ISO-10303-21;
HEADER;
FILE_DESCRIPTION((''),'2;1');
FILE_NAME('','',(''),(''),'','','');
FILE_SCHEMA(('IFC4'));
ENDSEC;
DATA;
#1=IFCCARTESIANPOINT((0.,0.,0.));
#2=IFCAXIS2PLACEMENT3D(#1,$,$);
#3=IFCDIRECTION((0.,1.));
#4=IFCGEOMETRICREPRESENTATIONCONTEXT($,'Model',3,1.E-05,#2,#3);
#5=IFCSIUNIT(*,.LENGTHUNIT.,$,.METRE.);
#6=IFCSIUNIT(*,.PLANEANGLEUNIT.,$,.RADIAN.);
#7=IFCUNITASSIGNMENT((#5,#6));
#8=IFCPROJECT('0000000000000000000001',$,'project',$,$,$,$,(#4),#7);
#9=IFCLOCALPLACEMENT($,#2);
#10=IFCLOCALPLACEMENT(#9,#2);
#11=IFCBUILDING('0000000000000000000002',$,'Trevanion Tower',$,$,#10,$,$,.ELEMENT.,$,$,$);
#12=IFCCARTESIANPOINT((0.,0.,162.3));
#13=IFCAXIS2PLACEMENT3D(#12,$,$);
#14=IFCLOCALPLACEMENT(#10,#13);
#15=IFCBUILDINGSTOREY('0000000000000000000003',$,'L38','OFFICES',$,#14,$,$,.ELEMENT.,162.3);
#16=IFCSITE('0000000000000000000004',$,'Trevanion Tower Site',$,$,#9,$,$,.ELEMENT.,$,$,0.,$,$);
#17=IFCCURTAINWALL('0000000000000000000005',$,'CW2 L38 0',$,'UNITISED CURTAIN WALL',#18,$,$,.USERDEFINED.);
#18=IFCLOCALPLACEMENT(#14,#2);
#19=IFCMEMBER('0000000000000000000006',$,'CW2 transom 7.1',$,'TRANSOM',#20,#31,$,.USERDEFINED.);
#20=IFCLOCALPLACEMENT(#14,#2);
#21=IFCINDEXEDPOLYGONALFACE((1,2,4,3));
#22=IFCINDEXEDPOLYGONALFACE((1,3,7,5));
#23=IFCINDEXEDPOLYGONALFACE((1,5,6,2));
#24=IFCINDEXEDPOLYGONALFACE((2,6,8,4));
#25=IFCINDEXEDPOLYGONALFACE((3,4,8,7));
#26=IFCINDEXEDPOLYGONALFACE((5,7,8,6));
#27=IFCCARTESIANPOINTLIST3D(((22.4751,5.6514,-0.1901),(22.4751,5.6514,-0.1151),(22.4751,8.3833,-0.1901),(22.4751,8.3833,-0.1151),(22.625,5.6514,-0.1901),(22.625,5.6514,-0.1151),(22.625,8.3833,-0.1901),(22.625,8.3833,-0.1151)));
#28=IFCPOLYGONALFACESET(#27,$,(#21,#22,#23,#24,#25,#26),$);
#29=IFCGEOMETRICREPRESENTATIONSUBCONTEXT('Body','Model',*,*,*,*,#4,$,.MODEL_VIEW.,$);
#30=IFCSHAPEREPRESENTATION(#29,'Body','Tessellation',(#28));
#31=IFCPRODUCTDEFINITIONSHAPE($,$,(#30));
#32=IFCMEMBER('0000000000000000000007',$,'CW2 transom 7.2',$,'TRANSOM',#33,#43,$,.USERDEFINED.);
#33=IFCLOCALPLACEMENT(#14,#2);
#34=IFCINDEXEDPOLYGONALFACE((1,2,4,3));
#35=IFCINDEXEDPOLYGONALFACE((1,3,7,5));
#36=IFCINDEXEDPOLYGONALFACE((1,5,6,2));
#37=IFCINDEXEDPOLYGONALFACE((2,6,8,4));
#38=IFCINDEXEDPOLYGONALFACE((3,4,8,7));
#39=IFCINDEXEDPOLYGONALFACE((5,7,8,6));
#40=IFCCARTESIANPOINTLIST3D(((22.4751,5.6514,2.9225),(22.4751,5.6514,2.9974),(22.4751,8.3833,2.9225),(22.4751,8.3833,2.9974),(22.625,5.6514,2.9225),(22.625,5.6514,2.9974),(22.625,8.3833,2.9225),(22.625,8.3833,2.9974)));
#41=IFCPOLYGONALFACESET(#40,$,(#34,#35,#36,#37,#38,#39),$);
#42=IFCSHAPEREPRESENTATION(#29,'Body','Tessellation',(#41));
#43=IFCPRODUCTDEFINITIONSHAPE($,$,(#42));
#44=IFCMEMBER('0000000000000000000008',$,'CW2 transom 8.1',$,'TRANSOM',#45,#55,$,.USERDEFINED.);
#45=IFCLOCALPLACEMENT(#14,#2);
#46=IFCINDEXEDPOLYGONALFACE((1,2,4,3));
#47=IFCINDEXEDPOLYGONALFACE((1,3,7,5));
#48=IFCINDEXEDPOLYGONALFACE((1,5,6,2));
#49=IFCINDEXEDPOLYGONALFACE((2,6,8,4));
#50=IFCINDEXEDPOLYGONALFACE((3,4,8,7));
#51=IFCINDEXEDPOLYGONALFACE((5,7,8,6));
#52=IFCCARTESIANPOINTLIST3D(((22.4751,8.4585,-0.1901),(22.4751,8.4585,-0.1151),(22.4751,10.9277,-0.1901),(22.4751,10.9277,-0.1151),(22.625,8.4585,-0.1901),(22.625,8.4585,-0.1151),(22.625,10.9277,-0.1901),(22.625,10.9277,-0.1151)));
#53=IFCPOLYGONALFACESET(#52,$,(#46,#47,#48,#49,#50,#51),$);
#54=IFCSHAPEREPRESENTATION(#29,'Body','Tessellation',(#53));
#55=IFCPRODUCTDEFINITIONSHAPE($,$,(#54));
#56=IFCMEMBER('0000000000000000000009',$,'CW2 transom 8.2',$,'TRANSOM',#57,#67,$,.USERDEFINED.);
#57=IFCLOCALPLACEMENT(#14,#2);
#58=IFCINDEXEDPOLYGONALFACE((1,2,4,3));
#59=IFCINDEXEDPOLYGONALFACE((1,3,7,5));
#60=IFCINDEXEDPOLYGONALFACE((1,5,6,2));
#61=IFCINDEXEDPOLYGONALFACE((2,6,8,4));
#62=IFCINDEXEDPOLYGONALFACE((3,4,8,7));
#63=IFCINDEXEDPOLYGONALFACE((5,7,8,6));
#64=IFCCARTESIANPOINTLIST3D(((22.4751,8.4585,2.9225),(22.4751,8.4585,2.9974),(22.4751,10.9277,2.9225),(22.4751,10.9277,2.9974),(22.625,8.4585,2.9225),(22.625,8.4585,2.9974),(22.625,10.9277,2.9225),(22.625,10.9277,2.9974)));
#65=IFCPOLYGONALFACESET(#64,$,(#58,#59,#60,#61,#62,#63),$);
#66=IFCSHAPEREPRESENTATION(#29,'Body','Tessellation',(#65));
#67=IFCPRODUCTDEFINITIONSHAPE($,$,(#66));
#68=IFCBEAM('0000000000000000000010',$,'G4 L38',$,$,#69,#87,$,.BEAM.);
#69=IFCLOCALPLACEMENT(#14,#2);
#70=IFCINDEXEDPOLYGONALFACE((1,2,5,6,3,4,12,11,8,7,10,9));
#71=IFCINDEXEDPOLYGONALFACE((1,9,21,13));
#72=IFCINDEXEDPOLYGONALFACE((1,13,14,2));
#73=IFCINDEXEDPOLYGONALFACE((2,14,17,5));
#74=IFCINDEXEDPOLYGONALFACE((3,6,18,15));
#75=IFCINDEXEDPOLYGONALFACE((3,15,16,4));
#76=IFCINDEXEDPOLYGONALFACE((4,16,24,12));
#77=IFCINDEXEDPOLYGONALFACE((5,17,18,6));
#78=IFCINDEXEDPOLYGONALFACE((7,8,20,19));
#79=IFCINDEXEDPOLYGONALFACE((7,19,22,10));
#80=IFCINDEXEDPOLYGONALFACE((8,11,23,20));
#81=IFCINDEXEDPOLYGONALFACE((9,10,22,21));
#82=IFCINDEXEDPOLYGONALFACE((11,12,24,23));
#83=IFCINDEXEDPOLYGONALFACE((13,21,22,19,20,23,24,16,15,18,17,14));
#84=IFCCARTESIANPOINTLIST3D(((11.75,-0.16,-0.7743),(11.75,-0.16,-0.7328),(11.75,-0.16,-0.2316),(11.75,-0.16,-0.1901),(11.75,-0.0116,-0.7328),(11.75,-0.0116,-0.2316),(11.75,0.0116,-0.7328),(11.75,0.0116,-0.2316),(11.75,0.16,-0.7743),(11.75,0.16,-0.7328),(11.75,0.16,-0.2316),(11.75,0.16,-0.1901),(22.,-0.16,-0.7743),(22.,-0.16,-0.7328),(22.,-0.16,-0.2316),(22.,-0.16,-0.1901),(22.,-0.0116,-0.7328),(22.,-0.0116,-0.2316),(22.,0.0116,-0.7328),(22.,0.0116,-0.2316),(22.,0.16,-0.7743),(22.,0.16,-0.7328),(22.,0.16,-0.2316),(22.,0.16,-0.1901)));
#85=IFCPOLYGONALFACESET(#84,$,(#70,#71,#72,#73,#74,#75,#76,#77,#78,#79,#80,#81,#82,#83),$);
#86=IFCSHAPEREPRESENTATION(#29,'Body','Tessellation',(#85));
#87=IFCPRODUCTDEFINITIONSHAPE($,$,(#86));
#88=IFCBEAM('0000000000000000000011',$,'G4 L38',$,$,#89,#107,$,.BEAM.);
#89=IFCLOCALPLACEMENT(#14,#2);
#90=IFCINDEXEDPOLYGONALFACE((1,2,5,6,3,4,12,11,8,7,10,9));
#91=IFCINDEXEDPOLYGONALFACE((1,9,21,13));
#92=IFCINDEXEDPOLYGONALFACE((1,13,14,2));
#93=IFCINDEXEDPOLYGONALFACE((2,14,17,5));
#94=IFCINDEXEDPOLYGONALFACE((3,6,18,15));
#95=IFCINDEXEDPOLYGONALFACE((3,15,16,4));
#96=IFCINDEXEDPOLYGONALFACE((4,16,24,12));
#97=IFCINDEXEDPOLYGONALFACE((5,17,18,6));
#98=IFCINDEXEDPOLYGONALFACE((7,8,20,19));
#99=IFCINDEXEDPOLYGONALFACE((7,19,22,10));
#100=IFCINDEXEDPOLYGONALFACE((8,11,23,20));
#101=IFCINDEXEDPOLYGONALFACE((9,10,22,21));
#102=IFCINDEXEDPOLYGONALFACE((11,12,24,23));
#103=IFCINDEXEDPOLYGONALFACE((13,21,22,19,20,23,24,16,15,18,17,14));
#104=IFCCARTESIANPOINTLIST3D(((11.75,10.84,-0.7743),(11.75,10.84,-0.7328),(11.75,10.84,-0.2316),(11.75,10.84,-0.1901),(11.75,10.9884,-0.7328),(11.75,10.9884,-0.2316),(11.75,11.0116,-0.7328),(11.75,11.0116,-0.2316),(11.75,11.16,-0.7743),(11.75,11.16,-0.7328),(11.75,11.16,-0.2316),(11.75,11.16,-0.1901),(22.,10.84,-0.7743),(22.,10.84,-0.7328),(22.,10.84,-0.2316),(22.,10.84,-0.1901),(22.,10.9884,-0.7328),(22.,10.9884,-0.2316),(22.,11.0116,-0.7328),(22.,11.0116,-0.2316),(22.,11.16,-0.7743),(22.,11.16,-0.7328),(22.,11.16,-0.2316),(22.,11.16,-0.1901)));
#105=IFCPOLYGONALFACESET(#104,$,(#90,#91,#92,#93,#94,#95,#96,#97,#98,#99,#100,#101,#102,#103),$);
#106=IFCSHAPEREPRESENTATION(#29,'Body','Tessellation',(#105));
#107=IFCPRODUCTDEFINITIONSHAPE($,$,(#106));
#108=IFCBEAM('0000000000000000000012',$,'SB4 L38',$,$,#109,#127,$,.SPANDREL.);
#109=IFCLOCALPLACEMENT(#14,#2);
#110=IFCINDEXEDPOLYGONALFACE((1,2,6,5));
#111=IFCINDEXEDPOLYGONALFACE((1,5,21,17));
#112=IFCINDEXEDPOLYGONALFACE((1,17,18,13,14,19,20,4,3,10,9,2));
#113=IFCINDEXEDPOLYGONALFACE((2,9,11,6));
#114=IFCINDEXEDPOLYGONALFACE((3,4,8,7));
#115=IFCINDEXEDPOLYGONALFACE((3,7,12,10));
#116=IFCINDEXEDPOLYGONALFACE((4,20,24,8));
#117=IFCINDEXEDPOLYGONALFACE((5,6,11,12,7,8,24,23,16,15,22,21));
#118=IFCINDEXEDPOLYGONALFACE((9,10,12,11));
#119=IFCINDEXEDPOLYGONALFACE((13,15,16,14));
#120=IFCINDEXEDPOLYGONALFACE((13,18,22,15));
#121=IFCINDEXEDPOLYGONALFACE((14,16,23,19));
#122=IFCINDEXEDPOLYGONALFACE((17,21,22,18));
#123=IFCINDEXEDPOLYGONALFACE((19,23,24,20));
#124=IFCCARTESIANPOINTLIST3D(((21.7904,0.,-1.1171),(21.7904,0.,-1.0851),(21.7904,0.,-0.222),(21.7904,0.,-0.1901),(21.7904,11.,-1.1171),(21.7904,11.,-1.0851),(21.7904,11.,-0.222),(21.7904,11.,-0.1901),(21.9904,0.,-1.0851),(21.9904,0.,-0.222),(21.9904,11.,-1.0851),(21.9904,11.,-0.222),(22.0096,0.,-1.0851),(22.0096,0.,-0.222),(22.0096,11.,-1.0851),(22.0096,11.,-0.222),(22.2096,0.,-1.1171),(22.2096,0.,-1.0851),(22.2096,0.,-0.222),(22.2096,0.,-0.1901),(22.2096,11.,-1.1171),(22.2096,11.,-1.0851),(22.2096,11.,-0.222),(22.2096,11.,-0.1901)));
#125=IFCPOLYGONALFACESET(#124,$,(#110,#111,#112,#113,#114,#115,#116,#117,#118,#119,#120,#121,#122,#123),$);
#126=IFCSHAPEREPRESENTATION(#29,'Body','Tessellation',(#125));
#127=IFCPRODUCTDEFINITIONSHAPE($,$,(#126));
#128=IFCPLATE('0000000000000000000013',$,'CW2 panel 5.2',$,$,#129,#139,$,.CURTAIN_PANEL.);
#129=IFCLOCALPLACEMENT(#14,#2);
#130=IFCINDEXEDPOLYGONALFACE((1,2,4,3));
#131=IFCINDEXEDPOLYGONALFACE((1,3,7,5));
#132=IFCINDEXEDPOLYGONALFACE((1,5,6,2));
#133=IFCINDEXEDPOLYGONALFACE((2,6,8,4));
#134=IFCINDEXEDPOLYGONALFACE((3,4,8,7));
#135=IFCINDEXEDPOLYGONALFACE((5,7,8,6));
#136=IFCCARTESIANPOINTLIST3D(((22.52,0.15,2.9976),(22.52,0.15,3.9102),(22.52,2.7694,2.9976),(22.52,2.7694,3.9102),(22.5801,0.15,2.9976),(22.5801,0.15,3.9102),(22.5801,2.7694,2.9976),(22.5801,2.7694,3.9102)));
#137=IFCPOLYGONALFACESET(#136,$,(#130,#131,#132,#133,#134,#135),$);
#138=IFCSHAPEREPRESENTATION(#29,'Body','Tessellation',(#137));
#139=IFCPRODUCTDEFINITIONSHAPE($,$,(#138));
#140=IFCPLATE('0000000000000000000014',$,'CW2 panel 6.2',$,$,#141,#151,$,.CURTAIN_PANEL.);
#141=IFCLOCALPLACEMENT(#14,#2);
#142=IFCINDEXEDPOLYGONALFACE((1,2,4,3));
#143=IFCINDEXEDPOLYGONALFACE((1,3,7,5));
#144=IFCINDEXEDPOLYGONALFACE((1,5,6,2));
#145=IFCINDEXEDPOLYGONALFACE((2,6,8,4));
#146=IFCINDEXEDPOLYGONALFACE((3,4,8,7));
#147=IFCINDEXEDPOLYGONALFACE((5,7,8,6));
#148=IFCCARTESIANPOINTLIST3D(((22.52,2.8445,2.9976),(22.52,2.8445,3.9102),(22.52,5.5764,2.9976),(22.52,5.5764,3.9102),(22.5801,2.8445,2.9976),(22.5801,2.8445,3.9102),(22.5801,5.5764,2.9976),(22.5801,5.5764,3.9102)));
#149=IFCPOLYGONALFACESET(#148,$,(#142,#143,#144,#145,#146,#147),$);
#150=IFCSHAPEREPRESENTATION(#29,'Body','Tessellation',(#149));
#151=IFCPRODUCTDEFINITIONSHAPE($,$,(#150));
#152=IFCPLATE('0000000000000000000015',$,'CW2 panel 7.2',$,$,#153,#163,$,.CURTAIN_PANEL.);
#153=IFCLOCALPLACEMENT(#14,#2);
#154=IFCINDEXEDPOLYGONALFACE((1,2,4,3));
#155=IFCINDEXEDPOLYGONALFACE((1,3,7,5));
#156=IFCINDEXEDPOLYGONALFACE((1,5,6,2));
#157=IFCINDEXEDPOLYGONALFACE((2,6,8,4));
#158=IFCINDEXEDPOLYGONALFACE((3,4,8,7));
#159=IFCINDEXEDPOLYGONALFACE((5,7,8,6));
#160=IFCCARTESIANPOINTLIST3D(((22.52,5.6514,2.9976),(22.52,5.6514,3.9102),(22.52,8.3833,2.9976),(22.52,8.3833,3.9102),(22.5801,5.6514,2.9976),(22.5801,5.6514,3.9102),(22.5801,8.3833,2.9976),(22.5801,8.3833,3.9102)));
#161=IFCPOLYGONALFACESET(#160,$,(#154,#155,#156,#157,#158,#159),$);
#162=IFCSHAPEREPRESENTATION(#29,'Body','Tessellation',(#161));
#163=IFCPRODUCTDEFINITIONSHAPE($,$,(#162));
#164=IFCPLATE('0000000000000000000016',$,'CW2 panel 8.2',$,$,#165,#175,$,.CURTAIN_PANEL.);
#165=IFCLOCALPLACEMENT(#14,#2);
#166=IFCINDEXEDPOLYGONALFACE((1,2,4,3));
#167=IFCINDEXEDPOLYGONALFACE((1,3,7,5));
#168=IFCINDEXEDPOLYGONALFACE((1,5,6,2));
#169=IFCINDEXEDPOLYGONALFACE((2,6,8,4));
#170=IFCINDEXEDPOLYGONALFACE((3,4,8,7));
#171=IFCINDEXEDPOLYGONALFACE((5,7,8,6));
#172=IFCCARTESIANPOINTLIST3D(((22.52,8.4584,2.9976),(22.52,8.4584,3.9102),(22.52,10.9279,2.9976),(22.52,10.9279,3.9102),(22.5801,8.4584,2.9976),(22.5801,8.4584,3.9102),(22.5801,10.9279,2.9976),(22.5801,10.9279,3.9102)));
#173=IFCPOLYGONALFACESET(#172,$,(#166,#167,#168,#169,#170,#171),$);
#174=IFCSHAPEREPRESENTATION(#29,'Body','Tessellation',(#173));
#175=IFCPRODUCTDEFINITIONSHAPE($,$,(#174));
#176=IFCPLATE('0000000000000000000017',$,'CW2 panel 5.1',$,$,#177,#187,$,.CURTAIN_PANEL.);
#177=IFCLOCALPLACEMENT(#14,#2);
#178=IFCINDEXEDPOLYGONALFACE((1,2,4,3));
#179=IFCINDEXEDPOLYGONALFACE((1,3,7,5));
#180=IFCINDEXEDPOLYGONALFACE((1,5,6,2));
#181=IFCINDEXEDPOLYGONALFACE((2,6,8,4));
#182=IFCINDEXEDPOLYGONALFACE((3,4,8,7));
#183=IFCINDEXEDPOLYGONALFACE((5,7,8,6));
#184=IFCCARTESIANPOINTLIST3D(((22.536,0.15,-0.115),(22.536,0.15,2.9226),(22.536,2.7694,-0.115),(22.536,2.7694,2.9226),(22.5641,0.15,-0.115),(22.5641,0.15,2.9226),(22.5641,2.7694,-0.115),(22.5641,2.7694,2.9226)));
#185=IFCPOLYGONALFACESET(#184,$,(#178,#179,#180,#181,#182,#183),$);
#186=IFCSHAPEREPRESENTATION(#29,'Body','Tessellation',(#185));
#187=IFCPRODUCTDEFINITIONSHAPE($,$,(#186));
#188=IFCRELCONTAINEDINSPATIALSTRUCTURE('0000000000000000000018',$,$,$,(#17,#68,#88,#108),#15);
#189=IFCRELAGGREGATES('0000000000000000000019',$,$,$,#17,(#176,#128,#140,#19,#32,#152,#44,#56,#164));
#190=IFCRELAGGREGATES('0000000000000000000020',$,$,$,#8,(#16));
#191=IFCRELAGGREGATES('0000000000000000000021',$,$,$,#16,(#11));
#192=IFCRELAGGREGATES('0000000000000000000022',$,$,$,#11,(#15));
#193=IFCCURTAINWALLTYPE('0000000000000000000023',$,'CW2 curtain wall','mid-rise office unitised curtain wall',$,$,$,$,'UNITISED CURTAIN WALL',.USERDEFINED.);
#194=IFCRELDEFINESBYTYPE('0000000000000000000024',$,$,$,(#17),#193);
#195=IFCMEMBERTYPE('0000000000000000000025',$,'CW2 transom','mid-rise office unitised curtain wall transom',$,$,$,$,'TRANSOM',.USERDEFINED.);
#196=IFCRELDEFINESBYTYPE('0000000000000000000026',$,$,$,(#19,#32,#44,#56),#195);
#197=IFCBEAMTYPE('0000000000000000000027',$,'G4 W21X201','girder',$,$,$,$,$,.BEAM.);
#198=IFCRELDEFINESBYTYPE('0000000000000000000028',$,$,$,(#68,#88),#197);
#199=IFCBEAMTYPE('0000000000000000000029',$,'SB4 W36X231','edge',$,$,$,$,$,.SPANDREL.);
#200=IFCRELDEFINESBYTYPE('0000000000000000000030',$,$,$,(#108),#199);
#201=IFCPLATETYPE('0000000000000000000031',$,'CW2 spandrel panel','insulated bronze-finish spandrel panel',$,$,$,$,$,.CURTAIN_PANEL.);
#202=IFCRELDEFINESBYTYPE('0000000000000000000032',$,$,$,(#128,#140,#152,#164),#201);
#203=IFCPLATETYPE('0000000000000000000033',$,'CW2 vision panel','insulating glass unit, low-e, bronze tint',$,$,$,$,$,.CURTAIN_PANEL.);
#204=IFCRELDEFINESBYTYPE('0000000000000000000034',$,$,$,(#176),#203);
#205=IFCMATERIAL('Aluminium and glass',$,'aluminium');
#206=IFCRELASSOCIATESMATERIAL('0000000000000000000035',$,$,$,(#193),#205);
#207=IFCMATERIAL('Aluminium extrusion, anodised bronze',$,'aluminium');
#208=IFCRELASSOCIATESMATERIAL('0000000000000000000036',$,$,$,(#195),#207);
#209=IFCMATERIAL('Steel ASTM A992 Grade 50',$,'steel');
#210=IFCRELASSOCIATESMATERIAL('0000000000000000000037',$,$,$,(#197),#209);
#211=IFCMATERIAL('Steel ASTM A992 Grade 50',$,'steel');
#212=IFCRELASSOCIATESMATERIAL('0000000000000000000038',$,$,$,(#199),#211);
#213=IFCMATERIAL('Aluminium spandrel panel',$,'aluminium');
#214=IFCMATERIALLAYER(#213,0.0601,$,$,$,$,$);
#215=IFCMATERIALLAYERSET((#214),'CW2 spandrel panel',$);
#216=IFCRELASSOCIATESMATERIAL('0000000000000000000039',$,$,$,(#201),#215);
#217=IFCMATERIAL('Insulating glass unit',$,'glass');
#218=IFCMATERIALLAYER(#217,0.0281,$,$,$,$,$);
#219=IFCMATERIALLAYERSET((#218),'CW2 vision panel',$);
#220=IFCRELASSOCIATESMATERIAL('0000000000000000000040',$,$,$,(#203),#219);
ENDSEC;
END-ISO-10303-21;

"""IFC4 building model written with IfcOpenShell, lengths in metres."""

from ifc_helpers import new_model, si_unit, direction, frame, origin, origin_2d, place, context, subcontext, project, spatial, rectangle, i_section, extrude, material, layer, layer_set, material_profile, profile_set, type_object, element, aggregate, save


model = new_model("IFC4")

# Units and contexts
model_context = context("Model", 3, precision=1e-05, world=origin(), true_north=direction((0.0, 1.0)))
body_context = subcontext(model_context, "Body", "Model", "MODEL_VIEW")
ifc_project = project(units=[si_unit("LENGTHUNIT", "METRE"), si_unit("PLANEANGLEUNIT", "RADIAN")], contexts=[model_context])

# Site, building, storey
site_placement = place(None, origin())
site = spatial("IfcSite", under=ifc_project, at=site_placement, Name="Trevanion Tower Site", CompositionType="ELEMENT", RefElevation=0.0)
building_placement = place(site_placement, origin())
building = spatial("IfcBuilding", under=site, at=building_placement, Name="Trevanion Tower", CompositionType="ELEMENT")
storey_placement = place(building_placement, frame((0.0, 0.0, 162.3)))
storey = spatial("IfcBuildingStorey", under=building, at=storey_placement, Name="L38", Description="OFFICES", CompositionType="ELEMENT", Elevation=162.3)

# Curtain wall, members
ifc_material_1 = material(Name="Aluminium and glass", Category="aluminium")
curtain_wall_type = type_object("IfcCurtainWallType", Name="CW2 curtain wall", Description="mid-rise office unitised curtain wall", ElementType="UNITISED CURTAIN WALL", PredefinedType="USERDEFINED", material=ifc_material_1)
curtain_wall_placement = place(storey_placement, origin())
curtain_wall = element("IfcCurtainWall", 1, at=curtain_wall_placement, inside=storey, type_object=curtain_wall_type, Name="CW2 L38 0", ObjectType="UNITISED CURTAIN WALL", PredefinedType="USERDEFINED")
ifc_material_2 = material(Name="Aluminium extrusion, anodised bronze", Category="aluminium")
ifc_material_profile_1 = material_profile(ifc_material_2, rectangle(XDim=0.1499, YDim=0.075, at=origin_2d()), Name="CW2 transom")
ifc_profile_set_1 = profile_set([ifc_material_profile_1], Name="Aluminium extrusion, anodised bronze")
member_type_1 = type_object("IfcMemberType", Name="CW2 transom", Description="mid-rise office unitised curtain wall transom", ElementType="TRANSOM", PredefinedType="USERDEFINED", material=ifc_profile_set_1)
member_1_placement = place(storey_placement, frame((22.55, 5.6514, -0.1526), z_axis=(0.0, 1.0, 0.0), x_axis=(-1.0, 0.0, 0.0)))
member_1 = element("IfcMember", 2, at=member_1_placement, type_object=member_type_1, Name="CW2 transom 7.1", ObjectType="TRANSOM", PredefinedType="USERDEFINED", context=body_context, shape_type="SweptSolid", body=[
    extrude(rectangle(XDim=0.1499, YDim=0.075, at=origin_2d()), origin(), (0.0, 0.0, 1.0), 2.7319),
])
member_2_placement = place(storey_placement, frame((22.55, 5.6514, 2.96), z_axis=(0.0, 1.0, 0.0), x_axis=(-1.0, 0.0, 0.0)))
member_2 = element("IfcMember", 3, at=member_2_placement, type_object=member_type_1, Name="CW2 transom 7.2", ObjectType="TRANSOM", PredefinedType="USERDEFINED", context=body_context, shape_type="SweptSolid", body=[
    extrude(rectangle(XDim=0.1499, YDim=0.075, at=origin_2d()), origin(), (0.0, 0.0, 1.0), 2.7319),
])
member_3_placement = place(storey_placement, frame((22.55, 8.4585, -0.1526), z_axis=(0.0, 1.0, 0.0), x_axis=(-1.0, 0.0, 0.0)))
member_3 = element("IfcMember", 4, at=member_3_placement, type_object=member_type_1, Name="CW2 transom 8.1", ObjectType="TRANSOM", PredefinedType="USERDEFINED", context=body_context, shape_type="SweptSolid", body=[
    extrude(rectangle(XDim=0.1499, YDim=0.075, at=origin_2d()), origin(), (0.0, 0.0, 1.0), 2.4692),
])
member_4_placement = place(storey_placement, frame((22.55, 8.4585, 2.96), z_axis=(0.0, 1.0, 0.0), x_axis=(-1.0, 0.0, 0.0)))
member_4 = element("IfcMember", 5, at=member_4_placement, type_object=member_type_1, Name="CW2 transom 8.2", ObjectType="TRANSOM", PredefinedType="USERDEFINED", context=body_context, shape_type="SweptSolid", body=[
    extrude(rectangle(XDim=0.1499, YDim=0.075, at=origin_2d()), origin(), (0.0, 0.0, 1.0), 2.4692),
])

# Beams
ifc_material_3 = material(Name="Steel ASTM A992 Grade 50", Category="steel")
ifc_material_profile_2 = material_profile(ifc_material_3, i_section(OverallWidth=0.3201, OverallDepth=0.5842, WebThickness=0.0232, FlangeThickness=0.0415, at=origin_2d()), Name="W21X201")
ifc_profile_set_2 = profile_set([ifc_material_profile_2], Name="Steel ASTM A992 Grade 50")
beam_type_1 = type_object("IfcBeamType", Name="G4 W21X201", Description="girder", PredefinedType="BEAM", material=ifc_profile_set_2)
for number, where, z_axis, x_axis, name in (
    (6, (11.75, 0.0, -0.4822), (1.0, 0.0, 0.0), (0.0, 1.0, 0.0), "G4 L38"),
    (7, (11.75, 11.0, -0.4822), (1.0, 0.0, 0.0), (0.0, 1.0, 0.0), "G4 L38"),
):
    element("IfcBeam", number, at=place(storey_placement, frame(where, z_axis=z_axis, x_axis=x_axis)), inside=storey, type_object=beam_type_1, Name=name, PredefinedType="BEAM", context=body_context, shape_type="SweptSolid", body=[
        extrude(i_section(OverallWidth=0.3201, OverallDepth=0.5842, WebThickness=0.0232, FlangeThickness=0.0415, at=origin_2d()), origin(), (0.0, 0.0, 1.0), 10.25),
    ])
ifc_material_4 = material(Name="Steel ASTM A992 Grade 50", Category="steel")
ifc_material_profile_3 = material_profile(ifc_material_4, i_section(OverallWidth=0.4192, OverallDepth=0.927, WebThickness=0.0193, FlangeThickness=0.032, at=origin_2d()), Name="W36X231")
ifc_profile_set_3 = profile_set([ifc_material_profile_3], Name="Steel ASTM A992 Grade 50")
beam_type_2 = type_object("IfcBeamType", Name="SB4 W36X231", Description="edge", PredefinedType="SPANDREL", material=ifc_profile_set_3)
beam_placement = place(storey_placement, frame((22.0, 0.0, -0.6536), z_axis=(0.0, 1.0, 0.0), x_axis=(-1.0, 0.0, 0.0)))
element("IfcBeam", 8, at=beam_placement, inside=storey, type_object=beam_type_2, Name="SB4 L38", PredefinedType="SPANDREL", context=body_context, shape_type="SweptSolid", body=[
    extrude(i_section(OverallWidth=0.4192, OverallDepth=0.927, WebThickness=0.0193, FlangeThickness=0.032, at=origin_2d()), origin(), (0.0, 0.0, 1.0), 11.0),
])

# Plates
ifc_material_5 = material(Name="Aluminium spandrel panel", Category="aluminium")
ifc_layer_1 = layer(ifc_material_5, 0.0601)
ifc_layer_set_1 = layer_set([ifc_layer_1], Name="CW2 spandrel panel")
plate_type_1 = type_object("IfcPlateType", Name="CW2 spandrel panel", Description="insulated bronze-finish spandrel panel", PredefinedType="CURTAIN_PANEL", material=ifc_layer_set_1)
plate_1_placement = place(storey_placement, frame((22.55, 1.4597, 2.9976), z_axis=(0.0, 0.0, 1.0), x_axis=(0.0, 1.0, 0.0)))
plate_1 = element("IfcPlate", 9, at=plate_1_placement, type_object=plate_type_1, Name="CW2 panel 5.2", PredefinedType="CURTAIN_PANEL", context=body_context, shape_type="SweptSolid", body=[
    extrude(rectangle(XDim=2.6194, YDim=0.0601, at=origin_2d()), origin(), (0.0, 0.0, 1.0), 0.9126),
])
plate_2_placement = place(storey_placement, frame((22.55, 4.2104, 2.9976), z_axis=(0.0, 0.0, 1.0), x_axis=(0.0, 1.0, 0.0)))
plate_2 = element("IfcPlate", 10, at=plate_2_placement, type_object=plate_type_1, Name="CW2 panel 6.2", PredefinedType="CURTAIN_PANEL", context=body_context, shape_type="SweptSolid", body=[
    extrude(rectangle(XDim=2.7319, YDim=0.0601, at=origin_2d()), origin(), (0.0, 0.0, 1.0), 0.9126),
])
plate_3_placement = place(storey_placement, frame((22.55, 7.0173, 2.9976), z_axis=(0.0, 0.0, 1.0), x_axis=(0.0, 1.0, 0.0)))
plate_3 = element("IfcPlate", 11, at=plate_3_placement, type_object=plate_type_1, Name="CW2 panel 7.2", PredefinedType="CURTAIN_PANEL", context=body_context, shape_type="SweptSolid", body=[
    extrude(rectangle(XDim=2.7319, YDim=0.0601, at=origin_2d()), origin(), (0.0, 0.0, 1.0), 0.9126),
])
plate_4_placement = place(storey_placement, frame((22.55, 9.6931, 2.9976), z_axis=(0.0, 0.0, 1.0), x_axis=(0.0, 1.0, 0.0)))
plate_4 = element("IfcPlate", 12, at=plate_4_placement, type_object=plate_type_1, Name="CW2 panel 8.2", PredefinedType="CURTAIN_PANEL", context=body_context, shape_type="SweptSolid", body=[
    extrude(rectangle(XDim=2.4695, YDim=0.0601, at=origin_2d()), origin(), (0.0, 0.0, 1.0), 0.9126),
])
ifc_material_6 = material(Name="Insulating glass unit", Category="glass")
ifc_layer_2 = layer(ifc_material_6, 0.0281)
ifc_layer_set_2 = layer_set([ifc_layer_2], Name="CW2 vision panel")
plate_type_2 = type_object("IfcPlateType", Name="CW2 vision panel", Description="insulating glass unit, low-e, bronze tint", PredefinedType="CURTAIN_PANEL", material=ifc_layer_set_2)
plate_5_placement = place(storey_placement, frame((22.55, 1.4597, -0.115), z_axis=(0.0, 0.0, 1.0), x_axis=(0.0, 1.0, 0.0)))
plate_5 = element("IfcPlate", 13, at=plate_5_placement, type_object=plate_type_2, Name="CW2 panel 5.1", PredefinedType="CURTAIN_PANEL", context=body_context, shape_type="SweptSolid", body=[
    extrude(rectangle(XDim=2.6194, YDim=0.0281, at=origin_2d()), origin(), (0.0, 0.0, 1.0), 3.0376),
])
aggregate(curtain_wall, [plate_5, plate_1, plate_2, member_1, member_2, plate_3, member_3, member_4, plate_4])

save(model, "model.ifc")
